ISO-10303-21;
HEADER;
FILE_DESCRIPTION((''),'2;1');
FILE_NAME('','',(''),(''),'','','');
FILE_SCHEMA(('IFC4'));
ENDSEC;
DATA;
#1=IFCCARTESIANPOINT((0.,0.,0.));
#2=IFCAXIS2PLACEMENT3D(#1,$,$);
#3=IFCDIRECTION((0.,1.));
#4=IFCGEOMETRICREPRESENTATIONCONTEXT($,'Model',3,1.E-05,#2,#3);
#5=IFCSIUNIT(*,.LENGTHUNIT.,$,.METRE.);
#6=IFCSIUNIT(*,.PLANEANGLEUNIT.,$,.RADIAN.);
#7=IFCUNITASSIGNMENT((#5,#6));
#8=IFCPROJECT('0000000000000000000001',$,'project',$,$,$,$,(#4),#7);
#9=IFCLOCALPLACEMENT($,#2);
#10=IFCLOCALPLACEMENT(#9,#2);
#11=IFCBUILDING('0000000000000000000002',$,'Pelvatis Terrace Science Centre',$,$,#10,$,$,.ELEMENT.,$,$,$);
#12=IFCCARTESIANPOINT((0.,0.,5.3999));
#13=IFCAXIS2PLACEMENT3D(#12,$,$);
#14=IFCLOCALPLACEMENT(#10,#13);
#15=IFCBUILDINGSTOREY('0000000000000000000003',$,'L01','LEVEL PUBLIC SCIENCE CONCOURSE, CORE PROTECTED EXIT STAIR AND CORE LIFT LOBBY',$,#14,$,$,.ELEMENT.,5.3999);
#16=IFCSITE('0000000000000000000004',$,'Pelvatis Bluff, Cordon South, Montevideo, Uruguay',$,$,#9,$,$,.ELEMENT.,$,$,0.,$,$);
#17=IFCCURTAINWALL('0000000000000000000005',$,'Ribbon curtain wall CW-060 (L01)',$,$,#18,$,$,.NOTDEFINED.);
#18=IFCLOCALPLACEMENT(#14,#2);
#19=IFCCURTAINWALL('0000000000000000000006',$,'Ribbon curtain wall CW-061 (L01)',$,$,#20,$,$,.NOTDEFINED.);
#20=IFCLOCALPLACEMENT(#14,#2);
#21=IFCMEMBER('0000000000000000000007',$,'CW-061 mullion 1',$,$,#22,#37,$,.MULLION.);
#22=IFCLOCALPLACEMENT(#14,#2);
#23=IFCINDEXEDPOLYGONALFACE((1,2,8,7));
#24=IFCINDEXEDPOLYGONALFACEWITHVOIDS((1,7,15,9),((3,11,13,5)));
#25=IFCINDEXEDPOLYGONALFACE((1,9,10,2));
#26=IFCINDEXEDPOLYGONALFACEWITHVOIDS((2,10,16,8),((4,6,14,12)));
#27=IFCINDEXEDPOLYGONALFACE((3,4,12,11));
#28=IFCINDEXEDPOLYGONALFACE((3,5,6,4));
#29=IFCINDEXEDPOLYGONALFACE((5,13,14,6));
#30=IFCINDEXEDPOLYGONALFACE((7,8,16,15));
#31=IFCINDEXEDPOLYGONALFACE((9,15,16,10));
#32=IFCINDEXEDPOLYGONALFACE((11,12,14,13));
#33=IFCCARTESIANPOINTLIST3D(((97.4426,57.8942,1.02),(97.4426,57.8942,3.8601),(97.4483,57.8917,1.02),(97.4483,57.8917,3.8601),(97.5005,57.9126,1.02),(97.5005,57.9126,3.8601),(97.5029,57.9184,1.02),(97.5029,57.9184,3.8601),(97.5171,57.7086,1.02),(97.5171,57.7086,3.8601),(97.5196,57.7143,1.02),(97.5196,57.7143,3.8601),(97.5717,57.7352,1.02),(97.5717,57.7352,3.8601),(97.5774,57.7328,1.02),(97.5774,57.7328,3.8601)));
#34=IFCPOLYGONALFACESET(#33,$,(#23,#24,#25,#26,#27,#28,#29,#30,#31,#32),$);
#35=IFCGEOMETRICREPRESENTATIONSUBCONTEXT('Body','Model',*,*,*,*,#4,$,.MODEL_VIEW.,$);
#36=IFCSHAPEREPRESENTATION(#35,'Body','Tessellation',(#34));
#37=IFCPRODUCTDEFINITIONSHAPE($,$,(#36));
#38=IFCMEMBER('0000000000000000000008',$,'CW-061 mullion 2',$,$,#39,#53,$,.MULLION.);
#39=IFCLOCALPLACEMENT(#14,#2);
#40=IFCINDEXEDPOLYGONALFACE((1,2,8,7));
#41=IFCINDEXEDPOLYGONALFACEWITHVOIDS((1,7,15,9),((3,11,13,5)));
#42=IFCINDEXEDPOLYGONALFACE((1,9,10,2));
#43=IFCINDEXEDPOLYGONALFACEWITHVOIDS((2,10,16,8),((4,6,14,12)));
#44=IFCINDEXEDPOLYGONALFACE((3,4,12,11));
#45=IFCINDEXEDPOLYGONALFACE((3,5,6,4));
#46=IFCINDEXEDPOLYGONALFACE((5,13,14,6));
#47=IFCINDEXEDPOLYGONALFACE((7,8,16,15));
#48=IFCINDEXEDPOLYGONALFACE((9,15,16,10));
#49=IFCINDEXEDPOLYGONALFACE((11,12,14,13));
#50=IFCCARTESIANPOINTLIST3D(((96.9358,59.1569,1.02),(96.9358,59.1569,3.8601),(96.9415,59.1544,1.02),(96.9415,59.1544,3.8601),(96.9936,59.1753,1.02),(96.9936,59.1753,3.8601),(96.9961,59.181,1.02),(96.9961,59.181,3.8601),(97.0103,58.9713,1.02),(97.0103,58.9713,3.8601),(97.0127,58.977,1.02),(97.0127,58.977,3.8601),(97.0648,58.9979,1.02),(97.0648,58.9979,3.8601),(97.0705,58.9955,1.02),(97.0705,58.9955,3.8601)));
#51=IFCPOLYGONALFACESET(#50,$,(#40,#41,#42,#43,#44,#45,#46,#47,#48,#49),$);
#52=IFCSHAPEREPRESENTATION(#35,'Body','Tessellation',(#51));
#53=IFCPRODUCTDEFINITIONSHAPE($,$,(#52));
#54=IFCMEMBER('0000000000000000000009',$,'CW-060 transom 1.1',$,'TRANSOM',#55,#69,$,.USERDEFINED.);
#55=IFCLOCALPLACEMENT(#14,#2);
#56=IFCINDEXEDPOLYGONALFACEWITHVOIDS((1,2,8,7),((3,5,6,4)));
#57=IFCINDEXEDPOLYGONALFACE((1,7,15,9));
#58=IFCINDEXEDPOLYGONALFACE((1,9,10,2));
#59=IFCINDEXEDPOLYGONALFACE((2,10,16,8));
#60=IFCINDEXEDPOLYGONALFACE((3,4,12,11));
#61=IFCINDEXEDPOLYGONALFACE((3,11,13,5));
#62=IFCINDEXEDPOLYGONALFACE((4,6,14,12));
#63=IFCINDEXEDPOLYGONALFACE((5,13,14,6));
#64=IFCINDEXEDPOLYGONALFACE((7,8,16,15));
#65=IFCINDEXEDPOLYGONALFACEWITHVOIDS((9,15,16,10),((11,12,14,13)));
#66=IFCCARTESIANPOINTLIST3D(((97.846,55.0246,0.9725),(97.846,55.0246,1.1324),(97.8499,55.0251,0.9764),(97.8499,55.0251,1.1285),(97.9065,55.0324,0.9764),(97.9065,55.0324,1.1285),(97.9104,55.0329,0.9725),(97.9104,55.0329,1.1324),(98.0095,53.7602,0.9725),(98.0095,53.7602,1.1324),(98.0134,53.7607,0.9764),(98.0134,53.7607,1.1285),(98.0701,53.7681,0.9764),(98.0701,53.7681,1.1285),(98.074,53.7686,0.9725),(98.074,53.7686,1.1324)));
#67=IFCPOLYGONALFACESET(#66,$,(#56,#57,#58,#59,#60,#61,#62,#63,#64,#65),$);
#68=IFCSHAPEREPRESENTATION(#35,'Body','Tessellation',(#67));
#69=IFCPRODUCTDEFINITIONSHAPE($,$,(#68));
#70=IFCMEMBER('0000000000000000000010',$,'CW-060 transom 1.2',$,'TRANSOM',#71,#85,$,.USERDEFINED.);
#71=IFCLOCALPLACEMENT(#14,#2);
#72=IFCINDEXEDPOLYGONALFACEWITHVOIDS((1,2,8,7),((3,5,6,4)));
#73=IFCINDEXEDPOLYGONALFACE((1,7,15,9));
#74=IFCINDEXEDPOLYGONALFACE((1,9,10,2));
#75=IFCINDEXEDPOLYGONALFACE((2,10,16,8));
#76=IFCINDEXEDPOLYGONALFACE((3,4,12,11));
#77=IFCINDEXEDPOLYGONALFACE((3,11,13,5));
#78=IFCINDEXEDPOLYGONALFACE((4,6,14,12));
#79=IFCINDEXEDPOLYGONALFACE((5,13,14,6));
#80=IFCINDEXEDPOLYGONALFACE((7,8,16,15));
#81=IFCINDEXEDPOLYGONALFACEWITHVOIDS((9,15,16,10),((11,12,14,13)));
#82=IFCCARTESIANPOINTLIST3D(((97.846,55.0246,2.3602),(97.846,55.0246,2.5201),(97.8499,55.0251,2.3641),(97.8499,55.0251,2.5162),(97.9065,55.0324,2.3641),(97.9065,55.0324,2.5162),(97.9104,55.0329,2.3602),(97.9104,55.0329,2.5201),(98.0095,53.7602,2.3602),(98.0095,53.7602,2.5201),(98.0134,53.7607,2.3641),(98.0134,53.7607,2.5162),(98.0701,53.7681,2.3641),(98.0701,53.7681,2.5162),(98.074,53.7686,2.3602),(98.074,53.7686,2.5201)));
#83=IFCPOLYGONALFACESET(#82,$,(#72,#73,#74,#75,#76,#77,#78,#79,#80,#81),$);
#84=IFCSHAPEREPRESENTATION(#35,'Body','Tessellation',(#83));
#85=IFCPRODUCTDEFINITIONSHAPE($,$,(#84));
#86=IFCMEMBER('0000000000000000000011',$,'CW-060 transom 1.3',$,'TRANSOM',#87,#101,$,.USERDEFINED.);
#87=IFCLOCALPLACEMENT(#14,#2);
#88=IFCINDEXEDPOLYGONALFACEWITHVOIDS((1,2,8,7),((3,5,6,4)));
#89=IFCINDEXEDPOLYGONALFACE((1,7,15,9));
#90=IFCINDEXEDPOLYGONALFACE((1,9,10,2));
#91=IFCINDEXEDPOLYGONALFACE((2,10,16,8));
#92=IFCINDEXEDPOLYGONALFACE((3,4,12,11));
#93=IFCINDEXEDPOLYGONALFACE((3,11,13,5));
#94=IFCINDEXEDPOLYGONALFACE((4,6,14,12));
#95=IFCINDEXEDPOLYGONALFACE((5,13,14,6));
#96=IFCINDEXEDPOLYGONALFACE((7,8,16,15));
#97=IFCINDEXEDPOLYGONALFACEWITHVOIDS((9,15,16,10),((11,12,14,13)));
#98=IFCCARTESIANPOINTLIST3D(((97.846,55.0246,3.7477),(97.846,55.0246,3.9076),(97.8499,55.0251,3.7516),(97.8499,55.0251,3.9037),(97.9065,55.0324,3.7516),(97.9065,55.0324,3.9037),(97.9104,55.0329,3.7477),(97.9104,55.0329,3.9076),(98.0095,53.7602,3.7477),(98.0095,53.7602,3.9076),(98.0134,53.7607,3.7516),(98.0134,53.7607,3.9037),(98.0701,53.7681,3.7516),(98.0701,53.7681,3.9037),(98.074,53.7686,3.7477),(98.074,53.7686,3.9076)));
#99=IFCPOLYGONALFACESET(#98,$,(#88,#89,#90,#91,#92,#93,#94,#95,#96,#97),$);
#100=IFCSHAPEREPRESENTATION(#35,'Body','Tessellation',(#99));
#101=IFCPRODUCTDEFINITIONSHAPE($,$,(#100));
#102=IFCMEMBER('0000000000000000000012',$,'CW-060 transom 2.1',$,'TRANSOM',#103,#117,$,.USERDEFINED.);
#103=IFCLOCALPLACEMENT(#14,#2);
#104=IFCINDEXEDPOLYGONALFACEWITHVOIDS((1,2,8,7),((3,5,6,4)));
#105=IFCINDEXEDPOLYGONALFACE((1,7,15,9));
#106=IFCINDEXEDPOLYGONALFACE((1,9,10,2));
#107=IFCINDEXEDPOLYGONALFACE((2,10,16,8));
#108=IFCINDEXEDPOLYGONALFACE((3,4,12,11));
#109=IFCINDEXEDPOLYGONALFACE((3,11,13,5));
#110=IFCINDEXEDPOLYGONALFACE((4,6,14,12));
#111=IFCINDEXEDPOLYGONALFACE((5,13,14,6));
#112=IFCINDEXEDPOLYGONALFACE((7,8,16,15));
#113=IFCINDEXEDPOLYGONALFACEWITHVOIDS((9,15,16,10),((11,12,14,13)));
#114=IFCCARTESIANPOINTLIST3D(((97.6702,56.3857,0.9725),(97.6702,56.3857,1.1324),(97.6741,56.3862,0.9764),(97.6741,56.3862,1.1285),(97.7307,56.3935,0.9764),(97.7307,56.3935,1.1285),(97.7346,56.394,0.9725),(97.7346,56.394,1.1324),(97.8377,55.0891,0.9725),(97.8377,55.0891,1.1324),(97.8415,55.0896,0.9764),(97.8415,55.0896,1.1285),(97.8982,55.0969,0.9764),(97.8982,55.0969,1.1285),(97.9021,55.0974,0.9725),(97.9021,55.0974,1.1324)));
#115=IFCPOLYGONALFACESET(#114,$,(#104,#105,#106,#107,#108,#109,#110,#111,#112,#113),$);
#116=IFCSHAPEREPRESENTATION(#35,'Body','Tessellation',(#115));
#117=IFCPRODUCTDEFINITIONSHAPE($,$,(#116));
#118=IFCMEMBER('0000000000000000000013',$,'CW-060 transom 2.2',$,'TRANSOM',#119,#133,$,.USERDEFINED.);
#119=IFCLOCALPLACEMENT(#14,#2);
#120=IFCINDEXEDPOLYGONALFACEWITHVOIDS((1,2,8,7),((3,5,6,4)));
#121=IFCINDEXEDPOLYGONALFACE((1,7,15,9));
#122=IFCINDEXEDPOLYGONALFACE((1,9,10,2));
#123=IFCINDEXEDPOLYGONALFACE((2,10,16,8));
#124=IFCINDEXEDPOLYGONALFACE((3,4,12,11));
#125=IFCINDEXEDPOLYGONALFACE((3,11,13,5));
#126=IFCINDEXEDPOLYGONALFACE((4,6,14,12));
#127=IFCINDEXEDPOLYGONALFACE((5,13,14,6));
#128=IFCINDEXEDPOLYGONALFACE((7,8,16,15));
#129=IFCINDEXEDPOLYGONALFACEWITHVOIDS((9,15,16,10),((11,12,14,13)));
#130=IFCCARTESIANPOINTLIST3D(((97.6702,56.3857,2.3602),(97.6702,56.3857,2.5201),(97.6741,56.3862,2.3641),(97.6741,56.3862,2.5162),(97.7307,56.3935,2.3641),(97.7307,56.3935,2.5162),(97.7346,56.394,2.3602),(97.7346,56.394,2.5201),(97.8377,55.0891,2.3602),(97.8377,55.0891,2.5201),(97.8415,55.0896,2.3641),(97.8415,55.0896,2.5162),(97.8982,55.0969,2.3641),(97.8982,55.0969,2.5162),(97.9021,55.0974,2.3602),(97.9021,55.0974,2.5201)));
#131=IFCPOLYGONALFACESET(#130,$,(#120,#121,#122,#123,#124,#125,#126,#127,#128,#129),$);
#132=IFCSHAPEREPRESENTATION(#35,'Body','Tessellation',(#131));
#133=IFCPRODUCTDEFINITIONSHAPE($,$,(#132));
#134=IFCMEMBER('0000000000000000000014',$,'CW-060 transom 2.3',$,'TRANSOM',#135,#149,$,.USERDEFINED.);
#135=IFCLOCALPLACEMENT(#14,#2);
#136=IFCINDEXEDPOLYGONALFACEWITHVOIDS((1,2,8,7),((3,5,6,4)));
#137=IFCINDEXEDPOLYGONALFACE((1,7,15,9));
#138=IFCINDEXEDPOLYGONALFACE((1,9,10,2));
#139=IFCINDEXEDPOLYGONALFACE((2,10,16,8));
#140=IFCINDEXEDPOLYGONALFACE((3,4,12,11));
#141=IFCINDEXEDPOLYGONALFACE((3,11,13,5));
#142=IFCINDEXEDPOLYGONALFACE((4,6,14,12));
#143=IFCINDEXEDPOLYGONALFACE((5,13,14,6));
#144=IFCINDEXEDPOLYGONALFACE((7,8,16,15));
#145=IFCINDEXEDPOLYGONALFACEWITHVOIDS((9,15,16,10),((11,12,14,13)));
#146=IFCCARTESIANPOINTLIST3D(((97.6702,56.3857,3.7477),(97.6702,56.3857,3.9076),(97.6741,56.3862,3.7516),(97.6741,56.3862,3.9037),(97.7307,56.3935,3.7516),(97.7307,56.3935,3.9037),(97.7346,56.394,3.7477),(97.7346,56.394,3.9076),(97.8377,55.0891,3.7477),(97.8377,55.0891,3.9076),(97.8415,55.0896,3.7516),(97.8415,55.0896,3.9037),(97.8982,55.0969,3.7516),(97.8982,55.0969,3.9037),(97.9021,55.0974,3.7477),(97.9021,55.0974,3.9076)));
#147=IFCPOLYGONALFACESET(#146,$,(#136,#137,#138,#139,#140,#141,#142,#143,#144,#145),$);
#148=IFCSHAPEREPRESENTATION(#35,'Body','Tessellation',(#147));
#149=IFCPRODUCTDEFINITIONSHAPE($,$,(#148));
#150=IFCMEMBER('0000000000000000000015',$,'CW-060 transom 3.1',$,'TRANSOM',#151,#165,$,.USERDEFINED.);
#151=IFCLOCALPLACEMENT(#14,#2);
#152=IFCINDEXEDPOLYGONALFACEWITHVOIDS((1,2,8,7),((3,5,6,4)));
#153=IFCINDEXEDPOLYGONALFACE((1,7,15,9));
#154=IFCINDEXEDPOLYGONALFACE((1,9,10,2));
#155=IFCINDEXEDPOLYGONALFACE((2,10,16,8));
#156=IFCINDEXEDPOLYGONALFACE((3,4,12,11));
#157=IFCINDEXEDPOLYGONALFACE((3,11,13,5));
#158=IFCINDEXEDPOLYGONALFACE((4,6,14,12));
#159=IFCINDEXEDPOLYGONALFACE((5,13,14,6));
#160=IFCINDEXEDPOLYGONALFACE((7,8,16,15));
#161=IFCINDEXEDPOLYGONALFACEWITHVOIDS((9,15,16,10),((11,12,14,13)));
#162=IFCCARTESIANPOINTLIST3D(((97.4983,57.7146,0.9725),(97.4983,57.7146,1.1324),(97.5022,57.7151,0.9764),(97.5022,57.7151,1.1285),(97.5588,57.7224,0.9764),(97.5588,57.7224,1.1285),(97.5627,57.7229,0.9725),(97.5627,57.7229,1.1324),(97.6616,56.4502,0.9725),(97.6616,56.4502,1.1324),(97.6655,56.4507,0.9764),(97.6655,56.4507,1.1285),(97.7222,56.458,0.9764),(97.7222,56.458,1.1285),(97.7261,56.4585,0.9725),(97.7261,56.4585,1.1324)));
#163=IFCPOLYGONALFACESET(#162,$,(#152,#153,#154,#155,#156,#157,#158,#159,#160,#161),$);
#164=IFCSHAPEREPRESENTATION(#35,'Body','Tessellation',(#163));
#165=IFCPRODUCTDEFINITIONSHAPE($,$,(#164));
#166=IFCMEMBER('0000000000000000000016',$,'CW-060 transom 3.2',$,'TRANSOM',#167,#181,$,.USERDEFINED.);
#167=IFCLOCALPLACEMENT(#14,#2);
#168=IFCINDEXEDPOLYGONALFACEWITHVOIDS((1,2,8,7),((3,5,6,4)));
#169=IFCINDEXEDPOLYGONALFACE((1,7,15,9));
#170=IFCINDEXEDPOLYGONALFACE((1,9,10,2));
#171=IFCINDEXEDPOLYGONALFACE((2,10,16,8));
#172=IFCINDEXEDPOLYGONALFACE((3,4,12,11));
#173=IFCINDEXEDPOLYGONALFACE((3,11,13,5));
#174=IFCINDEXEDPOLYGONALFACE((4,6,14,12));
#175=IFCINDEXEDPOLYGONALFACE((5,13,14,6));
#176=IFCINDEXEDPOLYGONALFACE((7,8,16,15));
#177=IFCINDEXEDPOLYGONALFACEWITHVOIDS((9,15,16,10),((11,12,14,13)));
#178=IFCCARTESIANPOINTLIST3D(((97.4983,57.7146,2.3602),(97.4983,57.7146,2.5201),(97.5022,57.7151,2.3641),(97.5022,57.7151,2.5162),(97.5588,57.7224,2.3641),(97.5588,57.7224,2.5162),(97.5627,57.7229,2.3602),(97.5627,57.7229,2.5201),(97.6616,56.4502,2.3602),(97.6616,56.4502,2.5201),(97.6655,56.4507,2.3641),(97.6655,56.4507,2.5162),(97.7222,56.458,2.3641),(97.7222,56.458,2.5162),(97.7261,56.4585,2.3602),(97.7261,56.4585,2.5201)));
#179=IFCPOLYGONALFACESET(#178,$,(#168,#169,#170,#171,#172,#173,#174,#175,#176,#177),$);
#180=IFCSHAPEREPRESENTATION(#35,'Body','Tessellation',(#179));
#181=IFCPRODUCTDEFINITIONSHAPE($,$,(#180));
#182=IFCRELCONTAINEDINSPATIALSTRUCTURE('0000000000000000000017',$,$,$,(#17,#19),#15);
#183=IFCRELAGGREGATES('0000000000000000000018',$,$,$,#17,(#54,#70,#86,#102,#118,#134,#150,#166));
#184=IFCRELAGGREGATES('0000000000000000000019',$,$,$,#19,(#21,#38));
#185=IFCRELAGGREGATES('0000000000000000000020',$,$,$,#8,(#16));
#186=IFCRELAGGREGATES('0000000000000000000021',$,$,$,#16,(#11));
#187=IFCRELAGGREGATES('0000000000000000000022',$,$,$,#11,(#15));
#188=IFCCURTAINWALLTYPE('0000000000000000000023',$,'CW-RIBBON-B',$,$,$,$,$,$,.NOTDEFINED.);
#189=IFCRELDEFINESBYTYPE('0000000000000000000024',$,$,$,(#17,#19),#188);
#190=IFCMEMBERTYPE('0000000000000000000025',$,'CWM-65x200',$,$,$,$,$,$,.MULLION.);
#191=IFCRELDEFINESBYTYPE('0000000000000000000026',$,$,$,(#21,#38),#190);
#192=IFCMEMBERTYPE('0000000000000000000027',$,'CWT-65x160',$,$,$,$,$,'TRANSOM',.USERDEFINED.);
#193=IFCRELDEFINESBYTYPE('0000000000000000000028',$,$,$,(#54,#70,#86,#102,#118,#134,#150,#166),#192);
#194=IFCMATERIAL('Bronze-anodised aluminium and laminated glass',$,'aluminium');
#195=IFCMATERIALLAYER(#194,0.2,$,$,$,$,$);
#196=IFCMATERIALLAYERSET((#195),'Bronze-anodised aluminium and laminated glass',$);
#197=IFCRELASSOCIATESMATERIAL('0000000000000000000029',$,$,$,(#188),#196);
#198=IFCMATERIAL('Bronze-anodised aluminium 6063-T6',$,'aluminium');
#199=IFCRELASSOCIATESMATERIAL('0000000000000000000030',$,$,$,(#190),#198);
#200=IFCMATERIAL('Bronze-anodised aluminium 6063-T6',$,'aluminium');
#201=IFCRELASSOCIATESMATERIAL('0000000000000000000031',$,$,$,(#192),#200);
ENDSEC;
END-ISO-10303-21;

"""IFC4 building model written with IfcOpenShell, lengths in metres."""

from ifc_helpers import new_model, si_unit, direction, frame, origin, origin_2d, place, context, subcontext, project, spatial, hollow_rectangle, extrude, material, layer, layer_set, material_profile, profile_set, type_object, element, aggregate, save


model = new_model("IFC4")

# Units and contexts
model_context = context("Model", 3, precision=1e-05, world=origin(), true_north=direction((0.0, 1.0)))
body_context = subcontext(model_context, "Body", "Model", "MODEL_VIEW")
ifc_project = project(units=[si_unit("LENGTHUNIT", "METRE"), si_unit("PLANEANGLEUNIT", "RADIAN")], contexts=[model_context])

# Site, building, storey
site_placement = place(None, origin())
site = spatial("IfcSite", under=ifc_project, at=site_placement, Name="Pelvatis Bluff, Cordon South, Montevideo, Uruguay", CompositionType="ELEMENT", RefElevation=0.0)
building_placement = place(site_placement, origin())
building = spatial("IfcBuilding", under=site, at=building_placement, Name="Pelvatis Terrace Science Centre", CompositionType="ELEMENT")
storey_placement = place(building_placement, frame((0.0, 0.0, 5.3999)))
storey = spatial("IfcBuildingStorey", under=building, at=storey_placement, Name="L01", Description="LEVEL PUBLIC SCIENCE CONCOURSE, CORE PROTECTED EXIT STAIR AND CORE LIFT LOBBY", CompositionType="ELEMENT", Elevation=5.3999)

# Curtain walls, members
ifc_material_1 = material(Name="Bronze-anodised aluminium and laminated glass", Category="aluminium")
ifc_layer_1 = layer(ifc_material_1, 0.2)
ifc_layer_set_1 = layer_set([ifc_layer_1], Name="Bronze-anodised aluminium and laminated glass")
curtain_wall_type = type_object("IfcCurtainWallType", Name="CW-RIBBON-B", PredefinedType="NOTDEFINED", material=ifc_layer_set_1)
curtain_wall_1_placement = place(storey_placement, origin())
curtain_wall_1 = element("IfcCurtainWall", 1, at=curtain_wall_1_placement, inside=storey, type_object=curtain_wall_type, Name="Ribbon curtain wall CW-060 (L01)", PredefinedType="NOTDEFINED")
ifc_material_2 = material(Name="Bronze-anodised aluminium 6063-T6", Category="aluminium")
ifc_material_profile_1 = material_profile(ifc_material_2, hollow_rectangle(XDim=0.0649, YDim=0.2, WallThickness=0.0044, at=origin_2d()), Name="ALU-MUL 65x200")
ifc_profile_set_1 = profile_set([ifc_material_profile_1], Name="Bronze-anodised aluminium 6063-T6")
member_type_1 = type_object("IfcMemberType", Name="CWM-65x200", PredefinedType="MULLION", material=ifc_profile_set_1)
curtain_wall_2_placement = place(storey_placement, origin())
curtain_wall_2 = element("IfcCurtainWall", 2, at=curtain_wall_2_placement, inside=storey, type_object=curtain_wall_type, Name="Ribbon curtain wall CW-061 (L01)", PredefinedType="NOTDEFINED")
member_1_placement = place(storey_placement, frame((97.51, 57.8135, 1.02), z_axis=(0.0, 0.0, 1.0), x_axis=(-0.92803, -0.372504, 0.0)))
member_1 = element("IfcMember", 3, at=member_1_placement, type_object=member_type_1, Name="CW-061 mullion 1", PredefinedType="MULLION", context=body_context, shape_type="SweptSolid", body=[
    extrude(hollow_rectangle(XDim=0.0649, YDim=0.2, WallThickness=0.0044, at=origin_2d()), origin(), (0.0, 0.0, 1.0), 2.8401),
])
member_2_placement = place(storey_placement, frame((97.0032, 59.0762, 1.02), z_axis=(0.0, 0.0, 1.0), x_axis=(-0.92803, -0.372504, 0.0)))
member_2 = element("IfcMember", 4, at=member_2_placement, type_object=member_type_1, Name="CW-061 mullion 2", PredefinedType="MULLION", context=body_context, shape_type="SweptSolid", body=[
    extrude(hollow_rectangle(XDim=0.0649, YDim=0.2, WallThickness=0.0044, at=origin_2d()), origin(), (0.0, 0.0, 1.0), 2.8401),
])

# Members
ifc_material_3 = material(Name="Bronze-anodised aluminium 6063-T6", Category="aluminium")
ifc_material_profile_2 = material_profile(ifc_material_3, hollow_rectangle(XDim=0.0649, YDim=0.1599, WallThickness=0.0039, at=origin_2d()), Name="ALU-TRN 65x160")
ifc_profile_set_2 = profile_set([ifc_material_profile_2], Name="Bronze-anodised aluminium 6063-T6")
member_type_2 = type_object("IfcMemberType", Name="CWT-65x160", ElementType="TRANSOM", PredefinedType="USERDEFINED", material=ifc_profile_set_2)
member_3_placement = place(storey_placement, frame((98.0417, 53.7644, 1.0525), z_axis=(-0.128299, 0.991735, 0.0), x_axis=(-0.991735, -0.128299, 0.0)))
member_3 = element("IfcMember", 5, at=member_3_placement, type_object=member_type_2, Name="CW-060 transom 1.1", ObjectType="TRANSOM", PredefinedType="USERDEFINED", context=body_context, shape_type="SweptSolid", body=[
    extrude(hollow_rectangle(XDim=0.0649, YDim=0.1599, WallThickness=0.0039, at=origin_2d()), origin(), (0.0, 0.0, 1.0), 1.2749),
])
member_4_placement = place(storey_placement, frame((98.0417, 53.7644, 2.4402), z_axis=(-0.128299, 0.991735, 0.0), x_axis=(-0.991735, -0.128299, 0.0)))
member_4 = element("IfcMember", 6, at=member_4_placement, type_object=member_type_2, Name="CW-060 transom 1.2", ObjectType="TRANSOM", PredefinedType="USERDEFINED", context=body_context, shape_type="SweptSolid", body=[
    extrude(hollow_rectangle(XDim=0.0649, YDim=0.1599, WallThickness=0.0039, at=origin_2d()), origin(), (0.0, 0.0, 1.0), 1.2749),
])
member_5_placement = place(storey_placement, frame((98.0417, 53.7644, 3.8276), z_axis=(-0.128299, 0.991735, 0.0), x_axis=(-0.991735, -0.128299, 0.0)))
member_5 = element("IfcMember", 7, at=member_5_placement, type_object=member_type_2, Name="CW-060 transom 1.3", ObjectType="TRANSOM", PredefinedType="USERDEFINED", context=body_context, shape_type="SweptSolid", body=[
    extrude(hollow_rectangle(XDim=0.0649, YDim=0.1599, WallThickness=0.0039, at=origin_2d()), origin(), (0.0, 0.0, 1.0), 1.2749),
])
member_6_placement = place(storey_placement, frame((97.8699, 55.0933, 1.0525), z_axis=(-0.128102, 0.991761, 0.0), x_axis=(-0.991761, -0.128102, 0.0)))
member_6 = element("IfcMember", 8, at=member_6_placement, type_object=member_type_2, Name="CW-060 transom 2.1", ObjectType="TRANSOM", PredefinedType="USERDEFINED", context=body_context, shape_type="SweptSolid", body=[
    extrude(hollow_rectangle(XDim=0.0649, YDim=0.1599, WallThickness=0.0039, at=origin_2d()), origin(), (0.0, 0.0, 1.0), 1.3074),
])
member_7_placement = place(storey_placement, frame((97.8699, 55.0933, 2.4402), z_axis=(-0.128102, 0.991761, 0.0), x_axis=(-0.991761, -0.128102, 0.0)))
member_7 = element("IfcMember", 9, at=member_7_placement, type_object=member_type_2, Name="CW-060 transom 2.2", ObjectType="TRANSOM", PredefinedType="USERDEFINED", context=body_context, shape_type="SweptSolid", body=[
    extrude(hollow_rectangle(XDim=0.0649, YDim=0.1599, WallThickness=0.0039, at=origin_2d()), origin(), (0.0, 0.0, 1.0), 1.3074),
])
member_8_placement = place(storey_placement, frame((97.8699, 55.0933, 3.8276), z_axis=(-0.128102, 0.991761, 0.0), x_axis=(-0.991761, -0.128102, 0.0)))
member_8 = element("IfcMember", 10, at=member_8_placement, type_object=member_type_2, Name="CW-060 transom 2.3", ObjectType="TRANSOM", PredefinedType="USERDEFINED", context=body_context, shape_type="SweptSolid", body=[
    extrude(hollow_rectangle(XDim=0.0649, YDim=0.1599, WallThickness=0.0039, at=origin_2d()), origin(), (0.0, 0.0, 1.0), 1.3074),
])
member_9_placement = place(storey_placement, frame((97.6938, 56.4543, 1.0525), z_axis=(-0.128111, 0.99176, 0.0), x_axis=(-0.99176, -0.128111, 0.0)))
member_9 = element("IfcMember", 11, at=member_9_placement, type_object=member_type_2, Name="CW-060 transom 3.1", ObjectType="TRANSOM", PredefinedType="USERDEFINED", context=body_context, shape_type="SweptSolid", body=[
    extrude(hollow_rectangle(XDim=0.0649, YDim=0.1599, WallThickness=0.0039, at=origin_2d()), origin(), (0.0, 0.0, 1.0), 1.2749),
])
member_10_placement = place(storey_placement, frame((97.6938, 56.4543, 2.4402), z_axis=(-0.128111, 0.99176, 0.0), x_axis=(-0.99176, -0.128111, 0.0)))
member_10 = element("IfcMember", 12, at=member_10_placement, type_object=member_type_2, Name="CW-060 transom 3.2", ObjectType="TRANSOM", PredefinedType="USERDEFINED", context=body_context, shape_type="SweptSolid", body=[
    extrude(hollow_rectangle(XDim=0.0649, YDim=0.1599, WallThickness=0.0039, at=origin_2d()), origin(), (0.0, 0.0, 1.0), 1.2749),
])

aggregate(curtain_wall_1, [member_3, member_4, member_5, member_6, member_7, member_8, member_9, member_10])
aggregate(curtain_wall_2, [member_1, member_2])

save(model, "model.ifc")
